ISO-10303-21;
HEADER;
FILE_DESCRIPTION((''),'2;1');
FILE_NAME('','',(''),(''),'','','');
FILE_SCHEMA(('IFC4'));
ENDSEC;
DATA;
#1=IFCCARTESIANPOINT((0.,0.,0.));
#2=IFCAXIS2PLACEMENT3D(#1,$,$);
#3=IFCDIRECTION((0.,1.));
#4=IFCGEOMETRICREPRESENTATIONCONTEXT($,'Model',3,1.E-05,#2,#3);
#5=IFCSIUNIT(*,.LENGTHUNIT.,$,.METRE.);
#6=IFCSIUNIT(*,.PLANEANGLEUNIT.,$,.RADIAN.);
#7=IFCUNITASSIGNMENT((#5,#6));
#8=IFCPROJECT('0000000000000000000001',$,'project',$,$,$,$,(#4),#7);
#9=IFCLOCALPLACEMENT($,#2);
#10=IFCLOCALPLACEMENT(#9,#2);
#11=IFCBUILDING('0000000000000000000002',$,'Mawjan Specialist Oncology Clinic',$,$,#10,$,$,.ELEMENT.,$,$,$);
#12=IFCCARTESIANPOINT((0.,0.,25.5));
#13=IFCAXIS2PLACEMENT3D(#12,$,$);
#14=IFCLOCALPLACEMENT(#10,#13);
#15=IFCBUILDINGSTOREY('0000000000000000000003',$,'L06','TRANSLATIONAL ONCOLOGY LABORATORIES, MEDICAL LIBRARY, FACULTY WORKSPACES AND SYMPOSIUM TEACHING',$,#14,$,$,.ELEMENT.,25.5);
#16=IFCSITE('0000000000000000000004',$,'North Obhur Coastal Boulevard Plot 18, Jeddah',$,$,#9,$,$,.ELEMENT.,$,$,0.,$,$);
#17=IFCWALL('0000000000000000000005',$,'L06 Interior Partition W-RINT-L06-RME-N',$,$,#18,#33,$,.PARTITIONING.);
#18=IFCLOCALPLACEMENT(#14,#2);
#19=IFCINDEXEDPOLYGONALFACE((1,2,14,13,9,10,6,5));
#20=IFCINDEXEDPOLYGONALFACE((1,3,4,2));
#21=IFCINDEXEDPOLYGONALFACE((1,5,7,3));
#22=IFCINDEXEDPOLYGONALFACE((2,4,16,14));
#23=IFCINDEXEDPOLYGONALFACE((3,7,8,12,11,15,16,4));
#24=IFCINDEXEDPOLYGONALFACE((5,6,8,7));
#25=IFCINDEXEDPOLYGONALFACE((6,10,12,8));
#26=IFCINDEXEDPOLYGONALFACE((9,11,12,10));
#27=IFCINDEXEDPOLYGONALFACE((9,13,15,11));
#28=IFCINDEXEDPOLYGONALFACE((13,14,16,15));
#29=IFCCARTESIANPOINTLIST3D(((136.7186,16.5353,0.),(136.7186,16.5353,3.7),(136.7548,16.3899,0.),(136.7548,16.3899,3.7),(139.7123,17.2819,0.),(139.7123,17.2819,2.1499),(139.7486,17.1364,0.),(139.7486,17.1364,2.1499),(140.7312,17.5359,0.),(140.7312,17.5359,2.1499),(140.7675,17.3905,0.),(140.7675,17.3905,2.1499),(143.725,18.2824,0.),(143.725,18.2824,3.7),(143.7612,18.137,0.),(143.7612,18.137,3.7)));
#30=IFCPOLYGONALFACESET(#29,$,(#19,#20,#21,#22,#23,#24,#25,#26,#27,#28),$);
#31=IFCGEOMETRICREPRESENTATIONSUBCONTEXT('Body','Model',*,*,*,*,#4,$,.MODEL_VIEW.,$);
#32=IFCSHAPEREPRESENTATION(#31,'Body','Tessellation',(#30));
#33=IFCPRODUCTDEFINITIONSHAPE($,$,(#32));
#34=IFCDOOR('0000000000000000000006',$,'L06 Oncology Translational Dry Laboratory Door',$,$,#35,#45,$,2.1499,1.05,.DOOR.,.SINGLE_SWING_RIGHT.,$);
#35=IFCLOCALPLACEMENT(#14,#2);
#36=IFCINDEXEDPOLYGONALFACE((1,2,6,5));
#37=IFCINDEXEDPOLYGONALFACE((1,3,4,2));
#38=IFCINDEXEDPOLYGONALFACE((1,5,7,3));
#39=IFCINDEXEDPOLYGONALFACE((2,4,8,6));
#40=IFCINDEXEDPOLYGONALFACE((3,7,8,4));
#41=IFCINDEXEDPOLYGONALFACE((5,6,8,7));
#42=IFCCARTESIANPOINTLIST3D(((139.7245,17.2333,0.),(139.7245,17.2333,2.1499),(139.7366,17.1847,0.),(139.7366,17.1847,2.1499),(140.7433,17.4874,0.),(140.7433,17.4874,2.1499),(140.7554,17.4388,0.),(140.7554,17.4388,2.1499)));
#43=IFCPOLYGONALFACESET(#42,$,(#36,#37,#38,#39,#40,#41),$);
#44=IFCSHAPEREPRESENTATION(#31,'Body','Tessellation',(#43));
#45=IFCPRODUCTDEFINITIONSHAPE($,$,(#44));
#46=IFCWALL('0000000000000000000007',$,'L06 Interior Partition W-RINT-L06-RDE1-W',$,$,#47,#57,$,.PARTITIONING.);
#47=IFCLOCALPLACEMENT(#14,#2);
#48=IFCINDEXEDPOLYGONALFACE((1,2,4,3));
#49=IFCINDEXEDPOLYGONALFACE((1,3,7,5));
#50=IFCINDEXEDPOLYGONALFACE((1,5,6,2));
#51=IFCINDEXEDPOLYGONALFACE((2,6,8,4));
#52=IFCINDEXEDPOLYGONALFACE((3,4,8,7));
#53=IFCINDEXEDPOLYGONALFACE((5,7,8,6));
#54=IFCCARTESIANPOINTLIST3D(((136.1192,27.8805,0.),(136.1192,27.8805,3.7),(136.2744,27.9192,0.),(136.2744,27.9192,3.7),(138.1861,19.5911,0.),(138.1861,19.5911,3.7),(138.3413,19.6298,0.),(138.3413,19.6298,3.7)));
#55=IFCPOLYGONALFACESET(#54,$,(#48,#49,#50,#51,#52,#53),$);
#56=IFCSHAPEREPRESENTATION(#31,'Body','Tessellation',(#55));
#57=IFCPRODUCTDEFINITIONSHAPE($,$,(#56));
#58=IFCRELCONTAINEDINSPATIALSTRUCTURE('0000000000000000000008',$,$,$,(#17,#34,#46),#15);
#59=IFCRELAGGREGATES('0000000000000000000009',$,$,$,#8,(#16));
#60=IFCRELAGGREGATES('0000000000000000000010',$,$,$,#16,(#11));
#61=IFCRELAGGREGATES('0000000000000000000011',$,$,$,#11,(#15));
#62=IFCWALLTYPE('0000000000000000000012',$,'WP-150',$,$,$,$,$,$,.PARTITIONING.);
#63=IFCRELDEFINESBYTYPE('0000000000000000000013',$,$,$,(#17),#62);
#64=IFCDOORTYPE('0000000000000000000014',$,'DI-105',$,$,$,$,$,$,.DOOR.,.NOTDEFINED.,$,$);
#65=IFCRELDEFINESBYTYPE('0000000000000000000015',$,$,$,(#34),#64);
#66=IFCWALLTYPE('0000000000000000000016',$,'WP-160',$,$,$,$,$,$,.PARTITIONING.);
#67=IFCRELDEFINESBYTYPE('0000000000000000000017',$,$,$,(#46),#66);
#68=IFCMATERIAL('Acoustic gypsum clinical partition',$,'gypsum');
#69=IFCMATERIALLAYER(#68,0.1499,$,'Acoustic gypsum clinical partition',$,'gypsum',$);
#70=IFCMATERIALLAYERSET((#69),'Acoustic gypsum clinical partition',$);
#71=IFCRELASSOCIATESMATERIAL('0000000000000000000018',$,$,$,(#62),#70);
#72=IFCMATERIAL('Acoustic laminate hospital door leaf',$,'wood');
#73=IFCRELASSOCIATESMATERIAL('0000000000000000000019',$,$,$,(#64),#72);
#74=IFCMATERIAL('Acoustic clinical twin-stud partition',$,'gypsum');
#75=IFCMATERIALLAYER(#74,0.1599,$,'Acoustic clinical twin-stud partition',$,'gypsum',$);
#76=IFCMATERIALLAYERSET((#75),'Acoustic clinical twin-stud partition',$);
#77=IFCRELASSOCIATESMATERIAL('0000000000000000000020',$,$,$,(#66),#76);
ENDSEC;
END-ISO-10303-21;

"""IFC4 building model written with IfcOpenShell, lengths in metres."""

from ifc_helpers import new_model, si_unit, direction, frame, frame_2d, origin, place, context, subcontext, project, spatial, rectangle, extrude, material, layer, layer_set, type_object, element, fill, save


model = new_model("IFC4")

# Units and contexts
model_context = context("Model", 3, precision=1e-05, world=origin(), true_north=direction((0.0, 1.0)))
body_context = subcontext(model_context, "Body", "Model", "MODEL_VIEW")
ifc_project = project(units=[si_unit("LENGTHUNIT", "METRE"), si_unit("PLANEANGLEUNIT", "RADIAN")], contexts=[model_context])

# Site, building, storey
site_placement = place(None, origin())
site = spatial("IfcSite", under=ifc_project, at=site_placement, Name="North Obhur Coastal Boulevard Plot 18, Jeddah", CompositionType="ELEMENT", RefElevation=0.0)
building_placement = place(site_placement, origin())
building = spatial("IfcBuilding", under=site, at=building_placement, Name="Mawjan Specialist Oncology Clinic", CompositionType="ELEMENT")
storey_placement = place(building_placement, frame((0.0, 0.0, 25.5)))
storey = spatial("IfcBuildingStorey", under=building, at=storey_placement, Name="L06", Description="TRANSLATIONAL ONCOLOGY LABORATORIES, MEDICAL LIBRARY, FACULTY WORKSPACES AND SYMPOSIUM TEACHING", CompositionType="ELEMENT", Elevation=25.5)

# Wall, opening, door
ifc_material_1 = material(Name="Acoustic gypsum clinical partition", Category="gypsum")
ifc_layer_1 = layer(ifc_material_1, 0.1499, Name="Acoustic gypsum clinical partition", Category="gypsum")
ifc_layer_set_1 = layer_set([ifc_layer_1], Name="Acoustic gypsum clinical partition")
wall_type_1 = type_object("IfcWallType", Name="WP-150", PredefinedType="PARTITIONING", material=ifc_layer_set_1)
wall_1_placement = place(storey_placement, frame((136.7368, 16.4626, 0.0), z_axis=(0.0, 0.0, 1.0), x_axis=(0.970289, 0.241947, 0.0)))
wall_1 = element("IfcWall", 1, at=wall_1_placement, inside=storey, type_object=wall_type_1, Name="L06 Interior Partition W-RINT-L06-RME-N", PredefinedType="PARTITIONING", context=body_context, shape_type="SweptSolid", body=[
    extrude(rectangle(XDim=7.2209, YDim=0.1499, at=frame_2d((3.6104, 0.0))), origin(), (0.0, 0.0, 1.0), 3.7),
])
opening_1_placement = place(wall_1_placement, frame((3.0854, 0.0, 0.0)))
opening_1 = element("IfcOpeningElement", 2, at=opening_1_placement, cuts=wall_1, PredefinedType="OPENING", context=body_context, shape_type="SweptSolid", body=[
    extrude(rectangle(XDim=1.05, YDim=2.1499, at=frame_2d((0.5249, 1.075))), frame((0.0, 0.0869, 0.0), z_axis=(0.0, -1.0, 0.0), x_axis=(1.0, 0.0, 0.0)), (0.0, 0.0, 1.0), 0.1738),
])
ifc_material_2 = material(Name="Acoustic laminate hospital door leaf", Category="wood")
door_type_1 = type_object("IfcDoorType", Name="DI-105", OperationType="NOTDEFINED", PredefinedType="DOOR", material=ifc_material_2)
door_1_placement = place(opening_1_placement, origin())
door_1 = element("IfcDoor", 3, at=door_1_placement, inside=storey, type_object=door_type_1, Name="L06 Oncology Translational Dry Laboratory Door", OperationType="SINGLE_SWING_RIGHT", OverallHeight=2.1499, OverallWidth=1.05, PredefinedType="DOOR", context=body_context, shape_type="SweptSolid", body=[
    extrude(rectangle(XDim=1.05, YDim=2.1499, at=frame_2d((0.5249, 1.075))), frame((0.0, 0.0249, 0.0), z_axis=(0.0, -1.0, 0.0), x_axis=(1.0, 0.0, 0.0)), (0.0, 0.0, 1.0), 0.05),
])
fill(opening_1, door_1)

# Wall
ifc_material_3 = material(Name="Acoustic clinical twin-stud partition", Category="gypsum")
ifc_layer_2 = layer(ifc_material_3, 0.1599, Name="Acoustic clinical twin-stud partition", Category="gypsum")
ifc_layer_set_2 = layer_set([ifc_layer_2], Name="Acoustic clinical twin-stud partition")
wall_type_2 = type_object("IfcWallType", Name="WP-160", PredefinedType="PARTITIONING", material=ifc_layer_set_2)
wall_2_placement = place(storey_placement, frame((138.2637, 19.6106, 0.0), z_axis=(0.0, 0.0, 1.0), x_axis=(-0.241937, 0.970292, 0.0)))
element("IfcWall", 4, at=wall_2_placement, inside=storey, type_object=wall_type_2, Name="L06 Interior Partition W-RINT-L06-RDE1-W", PredefinedType="PARTITIONING", context=body_context, shape_type="SweptSolid", body=[
    extrude(rectangle(XDim=8.5432, YDim=0.1599, at=frame_2d((4.2715, 0.0))), origin(), (0.0, 0.0, 1.0), 3.7),
])

save(model, "model.ifc")
